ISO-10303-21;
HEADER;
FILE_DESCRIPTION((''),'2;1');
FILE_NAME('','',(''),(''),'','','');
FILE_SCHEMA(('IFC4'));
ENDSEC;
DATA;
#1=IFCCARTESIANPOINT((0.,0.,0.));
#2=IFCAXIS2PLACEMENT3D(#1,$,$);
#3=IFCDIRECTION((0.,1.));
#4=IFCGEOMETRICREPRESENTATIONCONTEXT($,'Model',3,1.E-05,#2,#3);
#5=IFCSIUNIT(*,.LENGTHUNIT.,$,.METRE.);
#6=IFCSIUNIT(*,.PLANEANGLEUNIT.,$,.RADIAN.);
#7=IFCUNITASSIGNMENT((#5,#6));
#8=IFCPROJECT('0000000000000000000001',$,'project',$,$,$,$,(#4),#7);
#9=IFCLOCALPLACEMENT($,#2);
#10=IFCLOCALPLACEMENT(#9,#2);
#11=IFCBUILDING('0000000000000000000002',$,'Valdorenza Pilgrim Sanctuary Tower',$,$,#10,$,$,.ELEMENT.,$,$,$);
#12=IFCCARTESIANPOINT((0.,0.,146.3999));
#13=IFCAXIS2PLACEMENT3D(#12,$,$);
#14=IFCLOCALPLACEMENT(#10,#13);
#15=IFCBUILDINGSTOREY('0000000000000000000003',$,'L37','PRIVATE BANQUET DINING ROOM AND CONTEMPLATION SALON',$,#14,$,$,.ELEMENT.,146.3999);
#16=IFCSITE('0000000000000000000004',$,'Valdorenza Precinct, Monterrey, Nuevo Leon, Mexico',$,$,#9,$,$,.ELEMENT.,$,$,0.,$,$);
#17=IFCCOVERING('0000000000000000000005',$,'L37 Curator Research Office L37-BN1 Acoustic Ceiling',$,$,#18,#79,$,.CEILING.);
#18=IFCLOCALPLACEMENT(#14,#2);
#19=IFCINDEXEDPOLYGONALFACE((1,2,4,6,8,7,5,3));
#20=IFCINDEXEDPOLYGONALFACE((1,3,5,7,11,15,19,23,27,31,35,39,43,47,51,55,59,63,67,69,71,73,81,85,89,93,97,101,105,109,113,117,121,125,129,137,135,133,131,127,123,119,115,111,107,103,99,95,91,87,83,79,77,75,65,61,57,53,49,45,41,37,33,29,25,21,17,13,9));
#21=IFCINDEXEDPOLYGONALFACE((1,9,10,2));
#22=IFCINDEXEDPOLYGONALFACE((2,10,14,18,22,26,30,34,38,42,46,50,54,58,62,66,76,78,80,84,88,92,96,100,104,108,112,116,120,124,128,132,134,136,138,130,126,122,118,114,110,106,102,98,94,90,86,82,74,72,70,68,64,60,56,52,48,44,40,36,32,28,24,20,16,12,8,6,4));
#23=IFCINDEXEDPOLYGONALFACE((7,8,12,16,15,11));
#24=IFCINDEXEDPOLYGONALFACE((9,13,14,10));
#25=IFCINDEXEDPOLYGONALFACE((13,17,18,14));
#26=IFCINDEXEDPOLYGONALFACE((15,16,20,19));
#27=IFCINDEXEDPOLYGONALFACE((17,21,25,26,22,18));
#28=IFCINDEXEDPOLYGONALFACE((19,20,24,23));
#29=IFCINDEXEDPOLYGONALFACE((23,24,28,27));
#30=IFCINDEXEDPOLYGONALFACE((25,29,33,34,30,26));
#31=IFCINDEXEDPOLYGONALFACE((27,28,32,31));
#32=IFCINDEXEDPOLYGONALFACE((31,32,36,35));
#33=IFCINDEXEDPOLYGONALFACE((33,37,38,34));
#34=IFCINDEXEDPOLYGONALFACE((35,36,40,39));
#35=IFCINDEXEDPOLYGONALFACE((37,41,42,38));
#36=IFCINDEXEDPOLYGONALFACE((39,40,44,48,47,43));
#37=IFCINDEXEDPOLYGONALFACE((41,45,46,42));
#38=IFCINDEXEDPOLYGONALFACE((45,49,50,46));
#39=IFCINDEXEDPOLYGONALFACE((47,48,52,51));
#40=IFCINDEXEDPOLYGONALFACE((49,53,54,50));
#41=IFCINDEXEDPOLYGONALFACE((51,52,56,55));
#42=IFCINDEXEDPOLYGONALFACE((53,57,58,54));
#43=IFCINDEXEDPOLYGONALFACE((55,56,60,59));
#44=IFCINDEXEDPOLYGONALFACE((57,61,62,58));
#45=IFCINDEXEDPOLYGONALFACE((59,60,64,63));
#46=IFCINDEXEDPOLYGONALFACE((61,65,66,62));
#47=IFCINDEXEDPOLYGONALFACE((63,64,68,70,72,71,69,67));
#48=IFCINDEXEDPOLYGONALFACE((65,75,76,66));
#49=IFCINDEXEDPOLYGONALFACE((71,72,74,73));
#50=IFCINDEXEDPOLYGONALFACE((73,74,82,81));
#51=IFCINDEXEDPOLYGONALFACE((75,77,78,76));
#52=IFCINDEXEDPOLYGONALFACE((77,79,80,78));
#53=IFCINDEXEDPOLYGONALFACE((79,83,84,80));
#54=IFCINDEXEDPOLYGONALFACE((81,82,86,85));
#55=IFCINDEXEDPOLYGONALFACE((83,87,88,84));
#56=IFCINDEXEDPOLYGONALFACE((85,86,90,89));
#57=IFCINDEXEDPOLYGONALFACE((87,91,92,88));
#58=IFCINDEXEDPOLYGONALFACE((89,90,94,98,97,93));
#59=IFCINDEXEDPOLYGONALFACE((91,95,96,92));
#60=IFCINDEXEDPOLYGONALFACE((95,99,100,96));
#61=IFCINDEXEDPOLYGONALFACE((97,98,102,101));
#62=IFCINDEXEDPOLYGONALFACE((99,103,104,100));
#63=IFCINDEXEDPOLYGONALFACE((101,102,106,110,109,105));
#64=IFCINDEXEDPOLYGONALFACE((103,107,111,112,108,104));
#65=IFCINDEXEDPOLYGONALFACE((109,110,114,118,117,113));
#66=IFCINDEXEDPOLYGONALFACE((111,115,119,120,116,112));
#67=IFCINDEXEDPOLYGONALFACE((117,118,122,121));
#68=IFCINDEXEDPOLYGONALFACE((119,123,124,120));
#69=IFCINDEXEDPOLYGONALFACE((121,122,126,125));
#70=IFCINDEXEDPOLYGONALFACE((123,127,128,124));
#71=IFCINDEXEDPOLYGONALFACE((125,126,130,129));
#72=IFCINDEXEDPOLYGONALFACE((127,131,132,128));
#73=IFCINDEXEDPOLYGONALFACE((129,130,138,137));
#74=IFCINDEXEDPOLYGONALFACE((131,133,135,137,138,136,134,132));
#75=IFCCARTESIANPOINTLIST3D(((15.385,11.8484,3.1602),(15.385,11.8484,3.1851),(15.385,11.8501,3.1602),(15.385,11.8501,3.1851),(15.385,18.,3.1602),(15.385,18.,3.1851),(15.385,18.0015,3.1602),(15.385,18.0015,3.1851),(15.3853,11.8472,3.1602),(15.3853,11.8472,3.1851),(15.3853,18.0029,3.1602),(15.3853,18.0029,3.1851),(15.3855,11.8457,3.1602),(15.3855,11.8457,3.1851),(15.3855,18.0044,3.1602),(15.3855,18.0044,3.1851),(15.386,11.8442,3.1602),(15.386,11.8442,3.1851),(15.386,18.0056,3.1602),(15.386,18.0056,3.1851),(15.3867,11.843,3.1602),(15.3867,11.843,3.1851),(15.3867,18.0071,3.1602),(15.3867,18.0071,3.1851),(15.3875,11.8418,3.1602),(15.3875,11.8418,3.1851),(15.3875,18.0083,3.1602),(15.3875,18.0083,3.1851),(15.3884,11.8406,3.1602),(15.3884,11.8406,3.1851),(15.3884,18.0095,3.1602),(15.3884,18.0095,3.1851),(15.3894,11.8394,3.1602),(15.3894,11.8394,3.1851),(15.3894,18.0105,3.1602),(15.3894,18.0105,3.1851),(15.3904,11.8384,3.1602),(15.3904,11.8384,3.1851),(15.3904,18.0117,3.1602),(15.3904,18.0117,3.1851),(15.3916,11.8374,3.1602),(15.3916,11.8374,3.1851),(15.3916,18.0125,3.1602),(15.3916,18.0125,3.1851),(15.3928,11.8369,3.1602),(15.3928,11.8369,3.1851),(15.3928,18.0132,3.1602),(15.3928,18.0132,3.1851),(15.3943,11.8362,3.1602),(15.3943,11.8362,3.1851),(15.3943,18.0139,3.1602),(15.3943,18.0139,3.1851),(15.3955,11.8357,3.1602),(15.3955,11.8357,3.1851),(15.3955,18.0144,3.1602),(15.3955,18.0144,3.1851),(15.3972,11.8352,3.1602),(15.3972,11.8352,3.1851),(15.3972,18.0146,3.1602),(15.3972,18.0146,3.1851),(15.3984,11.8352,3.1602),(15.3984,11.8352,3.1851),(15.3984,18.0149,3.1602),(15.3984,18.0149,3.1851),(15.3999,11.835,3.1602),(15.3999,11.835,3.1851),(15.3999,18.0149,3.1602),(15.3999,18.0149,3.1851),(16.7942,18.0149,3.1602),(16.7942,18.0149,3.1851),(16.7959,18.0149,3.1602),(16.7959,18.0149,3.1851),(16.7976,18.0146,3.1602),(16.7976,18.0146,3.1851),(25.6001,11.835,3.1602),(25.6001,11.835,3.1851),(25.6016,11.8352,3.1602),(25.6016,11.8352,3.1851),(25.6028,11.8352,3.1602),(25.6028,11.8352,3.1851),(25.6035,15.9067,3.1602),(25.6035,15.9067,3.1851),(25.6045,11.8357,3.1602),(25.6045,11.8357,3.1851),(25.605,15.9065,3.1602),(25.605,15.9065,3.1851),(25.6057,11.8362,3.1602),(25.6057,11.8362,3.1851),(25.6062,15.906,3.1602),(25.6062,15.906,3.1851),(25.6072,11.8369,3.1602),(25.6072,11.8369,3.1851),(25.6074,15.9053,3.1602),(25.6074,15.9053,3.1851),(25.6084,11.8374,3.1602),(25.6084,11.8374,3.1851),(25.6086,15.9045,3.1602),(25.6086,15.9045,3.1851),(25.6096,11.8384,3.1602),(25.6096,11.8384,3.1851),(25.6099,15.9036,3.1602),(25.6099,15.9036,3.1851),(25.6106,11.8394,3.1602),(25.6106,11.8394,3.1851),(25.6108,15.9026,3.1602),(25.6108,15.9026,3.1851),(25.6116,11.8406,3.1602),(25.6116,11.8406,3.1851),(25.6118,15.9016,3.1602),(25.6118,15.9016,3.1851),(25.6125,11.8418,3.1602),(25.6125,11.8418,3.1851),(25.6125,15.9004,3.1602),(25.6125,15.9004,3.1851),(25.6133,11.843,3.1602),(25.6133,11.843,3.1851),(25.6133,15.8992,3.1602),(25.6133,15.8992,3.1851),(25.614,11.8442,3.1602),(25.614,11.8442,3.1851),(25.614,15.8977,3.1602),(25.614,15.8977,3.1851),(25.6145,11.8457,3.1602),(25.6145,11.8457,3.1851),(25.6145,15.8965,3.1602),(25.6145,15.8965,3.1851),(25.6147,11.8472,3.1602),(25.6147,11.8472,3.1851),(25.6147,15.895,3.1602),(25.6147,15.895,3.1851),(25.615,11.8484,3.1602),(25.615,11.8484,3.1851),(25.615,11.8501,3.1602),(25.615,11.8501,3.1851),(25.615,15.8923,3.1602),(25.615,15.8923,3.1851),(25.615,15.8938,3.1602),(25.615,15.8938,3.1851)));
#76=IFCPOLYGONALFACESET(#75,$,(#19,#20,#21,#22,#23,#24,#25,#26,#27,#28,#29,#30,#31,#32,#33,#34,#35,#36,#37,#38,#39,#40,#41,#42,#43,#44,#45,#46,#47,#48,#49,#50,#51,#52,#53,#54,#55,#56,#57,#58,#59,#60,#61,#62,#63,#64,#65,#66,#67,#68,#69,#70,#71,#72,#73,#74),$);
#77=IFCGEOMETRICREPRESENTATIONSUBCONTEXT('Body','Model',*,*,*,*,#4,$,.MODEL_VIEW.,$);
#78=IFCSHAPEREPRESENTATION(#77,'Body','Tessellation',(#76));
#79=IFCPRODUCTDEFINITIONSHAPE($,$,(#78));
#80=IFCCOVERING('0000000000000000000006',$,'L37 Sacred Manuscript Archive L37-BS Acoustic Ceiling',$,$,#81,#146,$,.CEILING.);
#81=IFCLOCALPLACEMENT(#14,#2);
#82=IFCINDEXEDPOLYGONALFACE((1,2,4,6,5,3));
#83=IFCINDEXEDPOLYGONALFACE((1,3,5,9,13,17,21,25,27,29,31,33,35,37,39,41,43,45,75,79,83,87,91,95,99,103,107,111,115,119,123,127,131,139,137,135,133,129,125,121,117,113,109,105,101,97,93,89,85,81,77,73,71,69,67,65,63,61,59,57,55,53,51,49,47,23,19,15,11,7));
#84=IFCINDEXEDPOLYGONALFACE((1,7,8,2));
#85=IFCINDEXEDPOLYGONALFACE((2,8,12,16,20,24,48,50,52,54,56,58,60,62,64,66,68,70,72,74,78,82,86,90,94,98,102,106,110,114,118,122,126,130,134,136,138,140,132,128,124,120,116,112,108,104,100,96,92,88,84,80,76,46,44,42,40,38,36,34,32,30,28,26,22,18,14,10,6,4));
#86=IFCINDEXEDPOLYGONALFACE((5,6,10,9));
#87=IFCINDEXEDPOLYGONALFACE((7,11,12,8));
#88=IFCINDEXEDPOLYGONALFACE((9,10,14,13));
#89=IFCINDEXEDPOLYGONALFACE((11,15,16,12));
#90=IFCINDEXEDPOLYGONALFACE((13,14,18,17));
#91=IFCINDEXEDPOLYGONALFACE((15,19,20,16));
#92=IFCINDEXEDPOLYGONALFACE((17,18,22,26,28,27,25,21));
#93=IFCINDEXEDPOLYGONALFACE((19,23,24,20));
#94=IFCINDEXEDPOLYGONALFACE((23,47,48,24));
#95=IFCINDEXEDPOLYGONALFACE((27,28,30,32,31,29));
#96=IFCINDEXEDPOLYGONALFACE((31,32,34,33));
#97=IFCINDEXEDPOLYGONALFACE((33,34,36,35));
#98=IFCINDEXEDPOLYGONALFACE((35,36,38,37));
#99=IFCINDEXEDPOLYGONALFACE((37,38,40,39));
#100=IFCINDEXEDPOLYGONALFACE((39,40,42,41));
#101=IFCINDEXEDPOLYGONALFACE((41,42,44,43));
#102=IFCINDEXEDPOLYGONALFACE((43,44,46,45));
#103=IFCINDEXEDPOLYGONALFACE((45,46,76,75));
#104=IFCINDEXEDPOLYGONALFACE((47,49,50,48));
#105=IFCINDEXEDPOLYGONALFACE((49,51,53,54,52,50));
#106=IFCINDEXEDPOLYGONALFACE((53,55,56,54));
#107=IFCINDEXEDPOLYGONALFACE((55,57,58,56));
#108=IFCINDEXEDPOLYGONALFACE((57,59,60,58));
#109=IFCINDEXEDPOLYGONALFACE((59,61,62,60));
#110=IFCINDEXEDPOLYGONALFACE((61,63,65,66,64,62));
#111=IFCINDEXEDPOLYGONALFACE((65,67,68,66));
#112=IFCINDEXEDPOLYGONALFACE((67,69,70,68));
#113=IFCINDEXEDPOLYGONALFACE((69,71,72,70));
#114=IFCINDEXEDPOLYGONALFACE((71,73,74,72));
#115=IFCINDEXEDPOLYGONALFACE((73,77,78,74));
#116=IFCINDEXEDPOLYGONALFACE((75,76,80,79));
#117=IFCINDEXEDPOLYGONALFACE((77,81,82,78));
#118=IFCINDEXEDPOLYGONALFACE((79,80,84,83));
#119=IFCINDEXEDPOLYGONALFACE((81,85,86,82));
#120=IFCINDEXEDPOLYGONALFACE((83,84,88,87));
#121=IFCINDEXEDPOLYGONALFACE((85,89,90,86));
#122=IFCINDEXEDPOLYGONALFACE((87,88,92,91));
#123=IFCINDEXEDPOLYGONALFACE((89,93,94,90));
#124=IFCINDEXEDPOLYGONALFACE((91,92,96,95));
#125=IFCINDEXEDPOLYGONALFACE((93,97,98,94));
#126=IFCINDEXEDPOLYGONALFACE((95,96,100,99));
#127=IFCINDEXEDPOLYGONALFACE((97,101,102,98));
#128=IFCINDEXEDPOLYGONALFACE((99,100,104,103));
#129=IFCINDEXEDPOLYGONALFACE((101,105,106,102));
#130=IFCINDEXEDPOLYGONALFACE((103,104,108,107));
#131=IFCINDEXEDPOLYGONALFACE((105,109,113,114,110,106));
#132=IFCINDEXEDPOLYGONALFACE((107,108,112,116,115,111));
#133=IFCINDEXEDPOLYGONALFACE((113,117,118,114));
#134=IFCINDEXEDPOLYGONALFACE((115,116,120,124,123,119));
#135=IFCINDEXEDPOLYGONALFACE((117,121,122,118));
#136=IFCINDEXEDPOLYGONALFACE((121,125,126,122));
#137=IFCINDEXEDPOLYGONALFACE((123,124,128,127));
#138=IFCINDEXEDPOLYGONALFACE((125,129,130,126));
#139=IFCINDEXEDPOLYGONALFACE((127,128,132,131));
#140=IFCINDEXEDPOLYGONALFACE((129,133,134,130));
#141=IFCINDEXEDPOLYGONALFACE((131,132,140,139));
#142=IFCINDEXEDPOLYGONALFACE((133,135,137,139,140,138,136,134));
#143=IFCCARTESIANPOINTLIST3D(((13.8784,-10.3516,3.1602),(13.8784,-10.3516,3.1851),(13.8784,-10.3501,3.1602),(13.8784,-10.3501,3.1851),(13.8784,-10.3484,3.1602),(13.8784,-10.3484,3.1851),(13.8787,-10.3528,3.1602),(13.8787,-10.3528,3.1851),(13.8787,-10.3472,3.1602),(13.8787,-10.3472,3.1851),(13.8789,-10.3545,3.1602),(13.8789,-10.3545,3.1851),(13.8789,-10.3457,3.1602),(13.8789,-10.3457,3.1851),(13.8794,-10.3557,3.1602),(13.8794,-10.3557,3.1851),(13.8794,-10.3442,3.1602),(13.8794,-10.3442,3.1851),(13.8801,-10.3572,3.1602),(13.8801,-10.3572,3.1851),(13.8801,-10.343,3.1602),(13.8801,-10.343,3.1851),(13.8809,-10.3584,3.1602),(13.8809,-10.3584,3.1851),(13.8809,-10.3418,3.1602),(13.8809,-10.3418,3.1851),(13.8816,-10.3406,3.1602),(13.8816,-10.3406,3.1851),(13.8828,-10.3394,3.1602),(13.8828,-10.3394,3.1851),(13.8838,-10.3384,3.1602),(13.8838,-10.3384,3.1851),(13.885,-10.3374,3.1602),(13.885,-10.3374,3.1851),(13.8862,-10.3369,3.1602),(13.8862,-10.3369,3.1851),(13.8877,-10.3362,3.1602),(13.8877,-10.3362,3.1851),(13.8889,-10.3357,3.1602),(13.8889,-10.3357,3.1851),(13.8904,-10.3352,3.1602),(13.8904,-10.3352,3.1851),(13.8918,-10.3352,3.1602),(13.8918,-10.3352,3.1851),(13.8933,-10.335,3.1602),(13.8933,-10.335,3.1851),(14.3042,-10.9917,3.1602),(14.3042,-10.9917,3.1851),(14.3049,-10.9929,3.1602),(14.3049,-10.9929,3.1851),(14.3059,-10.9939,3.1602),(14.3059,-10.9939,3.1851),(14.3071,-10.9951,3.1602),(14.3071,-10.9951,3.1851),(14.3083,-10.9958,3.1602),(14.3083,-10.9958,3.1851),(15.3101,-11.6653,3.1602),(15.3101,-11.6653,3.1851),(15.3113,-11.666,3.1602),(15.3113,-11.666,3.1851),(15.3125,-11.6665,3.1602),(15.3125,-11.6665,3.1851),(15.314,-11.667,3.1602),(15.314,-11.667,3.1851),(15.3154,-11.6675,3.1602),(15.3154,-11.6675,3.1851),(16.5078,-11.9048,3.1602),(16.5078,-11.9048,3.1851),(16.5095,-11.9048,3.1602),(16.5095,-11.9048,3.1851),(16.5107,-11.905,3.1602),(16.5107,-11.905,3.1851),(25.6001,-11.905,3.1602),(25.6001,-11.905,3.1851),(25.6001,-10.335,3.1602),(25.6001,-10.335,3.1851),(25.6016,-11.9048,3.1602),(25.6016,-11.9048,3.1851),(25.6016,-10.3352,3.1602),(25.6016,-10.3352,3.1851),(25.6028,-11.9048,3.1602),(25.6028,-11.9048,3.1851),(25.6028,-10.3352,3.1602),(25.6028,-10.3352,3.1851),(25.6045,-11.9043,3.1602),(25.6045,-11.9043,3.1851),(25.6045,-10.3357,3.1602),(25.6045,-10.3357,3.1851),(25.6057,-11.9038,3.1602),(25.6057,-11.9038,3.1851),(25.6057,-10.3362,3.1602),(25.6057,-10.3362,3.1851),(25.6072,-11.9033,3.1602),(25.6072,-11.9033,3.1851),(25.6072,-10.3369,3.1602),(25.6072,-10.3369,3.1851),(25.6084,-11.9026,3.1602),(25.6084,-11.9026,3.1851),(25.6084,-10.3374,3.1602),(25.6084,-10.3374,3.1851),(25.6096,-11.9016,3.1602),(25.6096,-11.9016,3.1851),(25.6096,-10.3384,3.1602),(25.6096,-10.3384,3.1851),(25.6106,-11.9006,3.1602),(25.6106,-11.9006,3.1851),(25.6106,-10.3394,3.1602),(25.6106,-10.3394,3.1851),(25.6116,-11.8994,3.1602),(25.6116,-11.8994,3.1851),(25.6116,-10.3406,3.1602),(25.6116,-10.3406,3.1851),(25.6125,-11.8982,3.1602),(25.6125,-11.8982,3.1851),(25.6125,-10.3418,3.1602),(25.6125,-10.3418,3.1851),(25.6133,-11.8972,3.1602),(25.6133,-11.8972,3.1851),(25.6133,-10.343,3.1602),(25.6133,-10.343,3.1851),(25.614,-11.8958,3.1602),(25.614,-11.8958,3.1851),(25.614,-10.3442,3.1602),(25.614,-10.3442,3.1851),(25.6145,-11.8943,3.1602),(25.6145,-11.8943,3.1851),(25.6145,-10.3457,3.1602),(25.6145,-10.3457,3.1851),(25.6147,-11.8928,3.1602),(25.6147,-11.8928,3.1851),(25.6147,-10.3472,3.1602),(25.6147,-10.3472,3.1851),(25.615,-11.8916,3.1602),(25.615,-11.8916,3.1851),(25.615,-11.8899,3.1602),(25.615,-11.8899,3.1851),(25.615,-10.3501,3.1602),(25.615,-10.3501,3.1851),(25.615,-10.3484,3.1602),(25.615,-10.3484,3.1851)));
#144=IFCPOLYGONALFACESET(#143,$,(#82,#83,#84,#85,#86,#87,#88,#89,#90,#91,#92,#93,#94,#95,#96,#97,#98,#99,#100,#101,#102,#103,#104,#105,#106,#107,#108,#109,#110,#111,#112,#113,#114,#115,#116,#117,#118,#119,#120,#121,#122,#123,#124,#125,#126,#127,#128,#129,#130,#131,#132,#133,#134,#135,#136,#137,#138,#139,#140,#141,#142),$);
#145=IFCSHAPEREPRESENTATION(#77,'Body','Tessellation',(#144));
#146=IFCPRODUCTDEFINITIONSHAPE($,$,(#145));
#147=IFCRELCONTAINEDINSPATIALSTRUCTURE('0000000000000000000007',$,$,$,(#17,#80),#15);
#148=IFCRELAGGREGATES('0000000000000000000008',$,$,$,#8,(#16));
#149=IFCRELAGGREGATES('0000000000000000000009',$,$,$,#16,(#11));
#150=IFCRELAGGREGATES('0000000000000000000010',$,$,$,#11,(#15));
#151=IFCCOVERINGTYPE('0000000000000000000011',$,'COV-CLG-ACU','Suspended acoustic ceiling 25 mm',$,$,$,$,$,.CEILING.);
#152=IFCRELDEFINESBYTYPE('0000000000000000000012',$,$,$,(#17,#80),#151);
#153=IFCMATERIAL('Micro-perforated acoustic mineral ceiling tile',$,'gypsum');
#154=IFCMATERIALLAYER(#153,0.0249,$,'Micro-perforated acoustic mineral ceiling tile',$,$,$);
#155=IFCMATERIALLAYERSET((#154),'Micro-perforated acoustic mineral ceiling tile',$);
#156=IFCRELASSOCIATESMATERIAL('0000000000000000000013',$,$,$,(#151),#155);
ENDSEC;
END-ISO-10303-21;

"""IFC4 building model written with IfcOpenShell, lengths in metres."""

from ifc_helpers import new_model, si_unit, direction, frame, origin, place, context, subcontext, project, spatial, polyline, outline, extrude, material, layer, layer_set, type_object, element, save


model = new_model("IFC4")

# Units and contexts
model_context = context("Model", 3, precision=1e-05, world=origin(), true_north=direction((0.0, 1.0)))
body_context = subcontext(model_context, "Body", "Model", "MODEL_VIEW")
ifc_project = project(units=[si_unit("LENGTHUNIT", "METRE"), si_unit("PLANEANGLEUNIT", "RADIAN")], contexts=[model_context])

# Site, building, storey
site_placement = place(None, origin())
site = spatial("IfcSite", under=ifc_project, at=site_placement, Name="Valdorenza Precinct, Monterrey, Nuevo Leon, Mexico", CompositionType="ELEMENT", RefElevation=0.0)
building_placement = place(site_placement, origin())
building = spatial("IfcBuilding", under=site, at=building_placement, Name="Valdorenza Pilgrim Sanctuary Tower", CompositionType="ELEMENT")
storey_placement = place(building_placement, frame((0.0, 0.0, 146.3999)))
storey = spatial("IfcBuildingStorey", under=building, at=storey_placement, Name="L37", Description="PRIVATE BANQUET DINING ROOM AND CONTEMPLATION SALON", CompositionType="ELEMENT", Elevation=146.3999)

# Coverings
ifc_material_1 = material(Name="Micro-perforated acoustic mineral ceiling tile", Category="gypsum")
ifc_layer_1 = layer(ifc_material_1, 0.0249, Name="Micro-perforated acoustic mineral ceiling tile")
ifc_layer_set_1 = layer_set([ifc_layer_1], Name="Micro-perforated acoustic mineral ceiling tile")
covering_type_1 = type_object("IfcCoveringType", Name="COV-CLG-ACU", Description="Suspended acoustic ceiling 25 mm", PredefinedType="CEILING", material=ifc_layer_set_1)
covering_1_placement = place(storey_placement, frame((0.0, 0.0, 3.1602)))
element("IfcCovering", 1, at=covering_1_placement, inside=storey, type_object=covering_type_1, Name="L37 Curator Research Office L37-BN1 Acoustic Ceiling", PredefinedType="CEILING", context=body_context, shape_type="SweptSolid", body=[
    extrude(outline(polyline([(15.3999, 11.835), (15.3984, 11.8352), (15.3972, 11.8352), (15.3955, 11.8357), (15.3943, 11.8362), (15.3928, 11.8369), (15.3916, 11.8374), (15.3904, 11.8384), (15.3894, 11.8394), (15.3884, 11.8406), (15.3875, 11.8418), (15.3867, 11.843), (15.386, 11.8442), (15.3855, 11.8457), (15.3853, 11.8472), (15.385, 11.8484), (15.385, 11.8501), (15.385, 18.0), (15.385, 18.0015), (15.3853, 18.0029), (15.3855, 18.0044), (15.386, 18.0056), (15.3867, 18.0071), (15.3875, 18.0083), (15.3884, 18.0095), (15.3894, 18.0105), (15.3904, 18.0117), (15.3916, 18.0125), (15.3928, 18.0132), (15.3943, 18.0139), (15.3955, 18.0144), (15.3972, 18.0146), (15.3984, 18.0149), (15.3999, 18.0149), (16.7942, 18.0149), (16.7959, 18.0149), (16.7976, 18.0146), (25.6035, 15.9067), (25.605, 15.9065), (25.6062, 15.906), (25.6074, 15.9053), (25.6086, 15.9045), (25.6099, 15.9036), (25.6108, 15.9026), (25.6118, 15.9016), (25.6125, 15.9004), (25.6133, 15.8992), (25.614, 15.8977), (25.6145, 15.8965), (25.6147, 15.895), (25.615, 15.8938), (25.615, 15.8923), (25.615, 11.8501), (25.615, 11.8484), (25.6147, 11.8472), (25.6145, 11.8457), (25.614, 11.8442), (25.6133, 11.843), (25.6125, 11.8418), (25.6116, 11.8406), (25.6106, 11.8394), (25.6096, 11.8384), (25.6084, 11.8374), (25.6072, 11.8369), (25.6057, 11.8362), (25.6045, 11.8357), (25.6028, 11.8352), (25.6016, 11.8352), (25.6001, 11.835), (15.3999, 11.835)])), origin(), (0.0, 0.0, 1.0), 0.0249),
])
covering_2_placement = place(storey_placement, frame((0.0, 0.0, 3.1602)))
element("IfcCovering", 2, at=covering_2_placement, inside=storey, type_object=covering_type_1, Name="L37 Sacred Manuscript Archive L37-BS Acoustic Ceiling", PredefinedType="CEILING", context=body_context, shape_type="SweptSolid", body=[
    extrude(outline(polyline([(25.615, -11.8899), (25.615, -11.8916), (25.6147, -11.8928), (25.6145, -11.8943), (25.614, -11.8958), (25.6133, -11.8972), (25.6125, -11.8982), (25.6116, -11.8994), (25.6106, -11.9006), (25.6096, -11.9016), (25.6084, -11.9026), (25.6072, -11.9033), (25.6057, -11.9038), (25.6045, -11.9043), (25.6028, -11.9048), (25.6016, -11.9048), (25.6001, -11.905), (16.5107, -11.905), (16.5095, -11.9048), (16.5078, -11.9048), (15.3154, -11.6675), (15.314, -11.667), (15.3125, -11.6665), (15.3113, -11.666), (15.3101, -11.6653), (14.3083, -10.9958), (14.3071, -10.9951), (14.3059, -10.9939), (14.3049, -10.9929), (14.3042, -10.9917), (13.8809, -10.3584), (13.8801, -10.3572), (13.8794, -10.3557), (13.8789, -10.3545), (13.8787, -10.3528), (13.8784, -10.3516), (13.8784, -10.3501), (13.8784, -10.3484), (13.8787, -10.3472), (13.8789, -10.3457), (13.8794, -10.3442), (13.8801, -10.343), (13.8809, -10.3418), (13.8816, -10.3406), (13.8828, -10.3394), (13.8838, -10.3384), (13.885, -10.3374), (13.8862, -10.3369), (13.8877, -10.3362), (13.8889, -10.3357), (13.8904, -10.3352), (13.8918, -10.3352), (13.8933, -10.335), (25.6001, -10.335), (25.6016, -10.3352), (25.6028, -10.3352), (25.6045, -10.3357), (25.6057, -10.3362), (25.6072, -10.3369), (25.6084, -10.3374), (25.6096, -10.3384), (25.6106, -10.3394), (25.6116, -10.3406), (25.6125, -10.3418), (25.6133, -10.343), (25.614, -10.3442), (25.6145, -10.3457), (25.6147, -10.3472), (25.615, -10.3484), (25.615, -10.3501), (25.615, -11.8899)])), origin(), (0.0, 0.0, 1.0), 0.0249),
])

save(model, "model.ifc")
